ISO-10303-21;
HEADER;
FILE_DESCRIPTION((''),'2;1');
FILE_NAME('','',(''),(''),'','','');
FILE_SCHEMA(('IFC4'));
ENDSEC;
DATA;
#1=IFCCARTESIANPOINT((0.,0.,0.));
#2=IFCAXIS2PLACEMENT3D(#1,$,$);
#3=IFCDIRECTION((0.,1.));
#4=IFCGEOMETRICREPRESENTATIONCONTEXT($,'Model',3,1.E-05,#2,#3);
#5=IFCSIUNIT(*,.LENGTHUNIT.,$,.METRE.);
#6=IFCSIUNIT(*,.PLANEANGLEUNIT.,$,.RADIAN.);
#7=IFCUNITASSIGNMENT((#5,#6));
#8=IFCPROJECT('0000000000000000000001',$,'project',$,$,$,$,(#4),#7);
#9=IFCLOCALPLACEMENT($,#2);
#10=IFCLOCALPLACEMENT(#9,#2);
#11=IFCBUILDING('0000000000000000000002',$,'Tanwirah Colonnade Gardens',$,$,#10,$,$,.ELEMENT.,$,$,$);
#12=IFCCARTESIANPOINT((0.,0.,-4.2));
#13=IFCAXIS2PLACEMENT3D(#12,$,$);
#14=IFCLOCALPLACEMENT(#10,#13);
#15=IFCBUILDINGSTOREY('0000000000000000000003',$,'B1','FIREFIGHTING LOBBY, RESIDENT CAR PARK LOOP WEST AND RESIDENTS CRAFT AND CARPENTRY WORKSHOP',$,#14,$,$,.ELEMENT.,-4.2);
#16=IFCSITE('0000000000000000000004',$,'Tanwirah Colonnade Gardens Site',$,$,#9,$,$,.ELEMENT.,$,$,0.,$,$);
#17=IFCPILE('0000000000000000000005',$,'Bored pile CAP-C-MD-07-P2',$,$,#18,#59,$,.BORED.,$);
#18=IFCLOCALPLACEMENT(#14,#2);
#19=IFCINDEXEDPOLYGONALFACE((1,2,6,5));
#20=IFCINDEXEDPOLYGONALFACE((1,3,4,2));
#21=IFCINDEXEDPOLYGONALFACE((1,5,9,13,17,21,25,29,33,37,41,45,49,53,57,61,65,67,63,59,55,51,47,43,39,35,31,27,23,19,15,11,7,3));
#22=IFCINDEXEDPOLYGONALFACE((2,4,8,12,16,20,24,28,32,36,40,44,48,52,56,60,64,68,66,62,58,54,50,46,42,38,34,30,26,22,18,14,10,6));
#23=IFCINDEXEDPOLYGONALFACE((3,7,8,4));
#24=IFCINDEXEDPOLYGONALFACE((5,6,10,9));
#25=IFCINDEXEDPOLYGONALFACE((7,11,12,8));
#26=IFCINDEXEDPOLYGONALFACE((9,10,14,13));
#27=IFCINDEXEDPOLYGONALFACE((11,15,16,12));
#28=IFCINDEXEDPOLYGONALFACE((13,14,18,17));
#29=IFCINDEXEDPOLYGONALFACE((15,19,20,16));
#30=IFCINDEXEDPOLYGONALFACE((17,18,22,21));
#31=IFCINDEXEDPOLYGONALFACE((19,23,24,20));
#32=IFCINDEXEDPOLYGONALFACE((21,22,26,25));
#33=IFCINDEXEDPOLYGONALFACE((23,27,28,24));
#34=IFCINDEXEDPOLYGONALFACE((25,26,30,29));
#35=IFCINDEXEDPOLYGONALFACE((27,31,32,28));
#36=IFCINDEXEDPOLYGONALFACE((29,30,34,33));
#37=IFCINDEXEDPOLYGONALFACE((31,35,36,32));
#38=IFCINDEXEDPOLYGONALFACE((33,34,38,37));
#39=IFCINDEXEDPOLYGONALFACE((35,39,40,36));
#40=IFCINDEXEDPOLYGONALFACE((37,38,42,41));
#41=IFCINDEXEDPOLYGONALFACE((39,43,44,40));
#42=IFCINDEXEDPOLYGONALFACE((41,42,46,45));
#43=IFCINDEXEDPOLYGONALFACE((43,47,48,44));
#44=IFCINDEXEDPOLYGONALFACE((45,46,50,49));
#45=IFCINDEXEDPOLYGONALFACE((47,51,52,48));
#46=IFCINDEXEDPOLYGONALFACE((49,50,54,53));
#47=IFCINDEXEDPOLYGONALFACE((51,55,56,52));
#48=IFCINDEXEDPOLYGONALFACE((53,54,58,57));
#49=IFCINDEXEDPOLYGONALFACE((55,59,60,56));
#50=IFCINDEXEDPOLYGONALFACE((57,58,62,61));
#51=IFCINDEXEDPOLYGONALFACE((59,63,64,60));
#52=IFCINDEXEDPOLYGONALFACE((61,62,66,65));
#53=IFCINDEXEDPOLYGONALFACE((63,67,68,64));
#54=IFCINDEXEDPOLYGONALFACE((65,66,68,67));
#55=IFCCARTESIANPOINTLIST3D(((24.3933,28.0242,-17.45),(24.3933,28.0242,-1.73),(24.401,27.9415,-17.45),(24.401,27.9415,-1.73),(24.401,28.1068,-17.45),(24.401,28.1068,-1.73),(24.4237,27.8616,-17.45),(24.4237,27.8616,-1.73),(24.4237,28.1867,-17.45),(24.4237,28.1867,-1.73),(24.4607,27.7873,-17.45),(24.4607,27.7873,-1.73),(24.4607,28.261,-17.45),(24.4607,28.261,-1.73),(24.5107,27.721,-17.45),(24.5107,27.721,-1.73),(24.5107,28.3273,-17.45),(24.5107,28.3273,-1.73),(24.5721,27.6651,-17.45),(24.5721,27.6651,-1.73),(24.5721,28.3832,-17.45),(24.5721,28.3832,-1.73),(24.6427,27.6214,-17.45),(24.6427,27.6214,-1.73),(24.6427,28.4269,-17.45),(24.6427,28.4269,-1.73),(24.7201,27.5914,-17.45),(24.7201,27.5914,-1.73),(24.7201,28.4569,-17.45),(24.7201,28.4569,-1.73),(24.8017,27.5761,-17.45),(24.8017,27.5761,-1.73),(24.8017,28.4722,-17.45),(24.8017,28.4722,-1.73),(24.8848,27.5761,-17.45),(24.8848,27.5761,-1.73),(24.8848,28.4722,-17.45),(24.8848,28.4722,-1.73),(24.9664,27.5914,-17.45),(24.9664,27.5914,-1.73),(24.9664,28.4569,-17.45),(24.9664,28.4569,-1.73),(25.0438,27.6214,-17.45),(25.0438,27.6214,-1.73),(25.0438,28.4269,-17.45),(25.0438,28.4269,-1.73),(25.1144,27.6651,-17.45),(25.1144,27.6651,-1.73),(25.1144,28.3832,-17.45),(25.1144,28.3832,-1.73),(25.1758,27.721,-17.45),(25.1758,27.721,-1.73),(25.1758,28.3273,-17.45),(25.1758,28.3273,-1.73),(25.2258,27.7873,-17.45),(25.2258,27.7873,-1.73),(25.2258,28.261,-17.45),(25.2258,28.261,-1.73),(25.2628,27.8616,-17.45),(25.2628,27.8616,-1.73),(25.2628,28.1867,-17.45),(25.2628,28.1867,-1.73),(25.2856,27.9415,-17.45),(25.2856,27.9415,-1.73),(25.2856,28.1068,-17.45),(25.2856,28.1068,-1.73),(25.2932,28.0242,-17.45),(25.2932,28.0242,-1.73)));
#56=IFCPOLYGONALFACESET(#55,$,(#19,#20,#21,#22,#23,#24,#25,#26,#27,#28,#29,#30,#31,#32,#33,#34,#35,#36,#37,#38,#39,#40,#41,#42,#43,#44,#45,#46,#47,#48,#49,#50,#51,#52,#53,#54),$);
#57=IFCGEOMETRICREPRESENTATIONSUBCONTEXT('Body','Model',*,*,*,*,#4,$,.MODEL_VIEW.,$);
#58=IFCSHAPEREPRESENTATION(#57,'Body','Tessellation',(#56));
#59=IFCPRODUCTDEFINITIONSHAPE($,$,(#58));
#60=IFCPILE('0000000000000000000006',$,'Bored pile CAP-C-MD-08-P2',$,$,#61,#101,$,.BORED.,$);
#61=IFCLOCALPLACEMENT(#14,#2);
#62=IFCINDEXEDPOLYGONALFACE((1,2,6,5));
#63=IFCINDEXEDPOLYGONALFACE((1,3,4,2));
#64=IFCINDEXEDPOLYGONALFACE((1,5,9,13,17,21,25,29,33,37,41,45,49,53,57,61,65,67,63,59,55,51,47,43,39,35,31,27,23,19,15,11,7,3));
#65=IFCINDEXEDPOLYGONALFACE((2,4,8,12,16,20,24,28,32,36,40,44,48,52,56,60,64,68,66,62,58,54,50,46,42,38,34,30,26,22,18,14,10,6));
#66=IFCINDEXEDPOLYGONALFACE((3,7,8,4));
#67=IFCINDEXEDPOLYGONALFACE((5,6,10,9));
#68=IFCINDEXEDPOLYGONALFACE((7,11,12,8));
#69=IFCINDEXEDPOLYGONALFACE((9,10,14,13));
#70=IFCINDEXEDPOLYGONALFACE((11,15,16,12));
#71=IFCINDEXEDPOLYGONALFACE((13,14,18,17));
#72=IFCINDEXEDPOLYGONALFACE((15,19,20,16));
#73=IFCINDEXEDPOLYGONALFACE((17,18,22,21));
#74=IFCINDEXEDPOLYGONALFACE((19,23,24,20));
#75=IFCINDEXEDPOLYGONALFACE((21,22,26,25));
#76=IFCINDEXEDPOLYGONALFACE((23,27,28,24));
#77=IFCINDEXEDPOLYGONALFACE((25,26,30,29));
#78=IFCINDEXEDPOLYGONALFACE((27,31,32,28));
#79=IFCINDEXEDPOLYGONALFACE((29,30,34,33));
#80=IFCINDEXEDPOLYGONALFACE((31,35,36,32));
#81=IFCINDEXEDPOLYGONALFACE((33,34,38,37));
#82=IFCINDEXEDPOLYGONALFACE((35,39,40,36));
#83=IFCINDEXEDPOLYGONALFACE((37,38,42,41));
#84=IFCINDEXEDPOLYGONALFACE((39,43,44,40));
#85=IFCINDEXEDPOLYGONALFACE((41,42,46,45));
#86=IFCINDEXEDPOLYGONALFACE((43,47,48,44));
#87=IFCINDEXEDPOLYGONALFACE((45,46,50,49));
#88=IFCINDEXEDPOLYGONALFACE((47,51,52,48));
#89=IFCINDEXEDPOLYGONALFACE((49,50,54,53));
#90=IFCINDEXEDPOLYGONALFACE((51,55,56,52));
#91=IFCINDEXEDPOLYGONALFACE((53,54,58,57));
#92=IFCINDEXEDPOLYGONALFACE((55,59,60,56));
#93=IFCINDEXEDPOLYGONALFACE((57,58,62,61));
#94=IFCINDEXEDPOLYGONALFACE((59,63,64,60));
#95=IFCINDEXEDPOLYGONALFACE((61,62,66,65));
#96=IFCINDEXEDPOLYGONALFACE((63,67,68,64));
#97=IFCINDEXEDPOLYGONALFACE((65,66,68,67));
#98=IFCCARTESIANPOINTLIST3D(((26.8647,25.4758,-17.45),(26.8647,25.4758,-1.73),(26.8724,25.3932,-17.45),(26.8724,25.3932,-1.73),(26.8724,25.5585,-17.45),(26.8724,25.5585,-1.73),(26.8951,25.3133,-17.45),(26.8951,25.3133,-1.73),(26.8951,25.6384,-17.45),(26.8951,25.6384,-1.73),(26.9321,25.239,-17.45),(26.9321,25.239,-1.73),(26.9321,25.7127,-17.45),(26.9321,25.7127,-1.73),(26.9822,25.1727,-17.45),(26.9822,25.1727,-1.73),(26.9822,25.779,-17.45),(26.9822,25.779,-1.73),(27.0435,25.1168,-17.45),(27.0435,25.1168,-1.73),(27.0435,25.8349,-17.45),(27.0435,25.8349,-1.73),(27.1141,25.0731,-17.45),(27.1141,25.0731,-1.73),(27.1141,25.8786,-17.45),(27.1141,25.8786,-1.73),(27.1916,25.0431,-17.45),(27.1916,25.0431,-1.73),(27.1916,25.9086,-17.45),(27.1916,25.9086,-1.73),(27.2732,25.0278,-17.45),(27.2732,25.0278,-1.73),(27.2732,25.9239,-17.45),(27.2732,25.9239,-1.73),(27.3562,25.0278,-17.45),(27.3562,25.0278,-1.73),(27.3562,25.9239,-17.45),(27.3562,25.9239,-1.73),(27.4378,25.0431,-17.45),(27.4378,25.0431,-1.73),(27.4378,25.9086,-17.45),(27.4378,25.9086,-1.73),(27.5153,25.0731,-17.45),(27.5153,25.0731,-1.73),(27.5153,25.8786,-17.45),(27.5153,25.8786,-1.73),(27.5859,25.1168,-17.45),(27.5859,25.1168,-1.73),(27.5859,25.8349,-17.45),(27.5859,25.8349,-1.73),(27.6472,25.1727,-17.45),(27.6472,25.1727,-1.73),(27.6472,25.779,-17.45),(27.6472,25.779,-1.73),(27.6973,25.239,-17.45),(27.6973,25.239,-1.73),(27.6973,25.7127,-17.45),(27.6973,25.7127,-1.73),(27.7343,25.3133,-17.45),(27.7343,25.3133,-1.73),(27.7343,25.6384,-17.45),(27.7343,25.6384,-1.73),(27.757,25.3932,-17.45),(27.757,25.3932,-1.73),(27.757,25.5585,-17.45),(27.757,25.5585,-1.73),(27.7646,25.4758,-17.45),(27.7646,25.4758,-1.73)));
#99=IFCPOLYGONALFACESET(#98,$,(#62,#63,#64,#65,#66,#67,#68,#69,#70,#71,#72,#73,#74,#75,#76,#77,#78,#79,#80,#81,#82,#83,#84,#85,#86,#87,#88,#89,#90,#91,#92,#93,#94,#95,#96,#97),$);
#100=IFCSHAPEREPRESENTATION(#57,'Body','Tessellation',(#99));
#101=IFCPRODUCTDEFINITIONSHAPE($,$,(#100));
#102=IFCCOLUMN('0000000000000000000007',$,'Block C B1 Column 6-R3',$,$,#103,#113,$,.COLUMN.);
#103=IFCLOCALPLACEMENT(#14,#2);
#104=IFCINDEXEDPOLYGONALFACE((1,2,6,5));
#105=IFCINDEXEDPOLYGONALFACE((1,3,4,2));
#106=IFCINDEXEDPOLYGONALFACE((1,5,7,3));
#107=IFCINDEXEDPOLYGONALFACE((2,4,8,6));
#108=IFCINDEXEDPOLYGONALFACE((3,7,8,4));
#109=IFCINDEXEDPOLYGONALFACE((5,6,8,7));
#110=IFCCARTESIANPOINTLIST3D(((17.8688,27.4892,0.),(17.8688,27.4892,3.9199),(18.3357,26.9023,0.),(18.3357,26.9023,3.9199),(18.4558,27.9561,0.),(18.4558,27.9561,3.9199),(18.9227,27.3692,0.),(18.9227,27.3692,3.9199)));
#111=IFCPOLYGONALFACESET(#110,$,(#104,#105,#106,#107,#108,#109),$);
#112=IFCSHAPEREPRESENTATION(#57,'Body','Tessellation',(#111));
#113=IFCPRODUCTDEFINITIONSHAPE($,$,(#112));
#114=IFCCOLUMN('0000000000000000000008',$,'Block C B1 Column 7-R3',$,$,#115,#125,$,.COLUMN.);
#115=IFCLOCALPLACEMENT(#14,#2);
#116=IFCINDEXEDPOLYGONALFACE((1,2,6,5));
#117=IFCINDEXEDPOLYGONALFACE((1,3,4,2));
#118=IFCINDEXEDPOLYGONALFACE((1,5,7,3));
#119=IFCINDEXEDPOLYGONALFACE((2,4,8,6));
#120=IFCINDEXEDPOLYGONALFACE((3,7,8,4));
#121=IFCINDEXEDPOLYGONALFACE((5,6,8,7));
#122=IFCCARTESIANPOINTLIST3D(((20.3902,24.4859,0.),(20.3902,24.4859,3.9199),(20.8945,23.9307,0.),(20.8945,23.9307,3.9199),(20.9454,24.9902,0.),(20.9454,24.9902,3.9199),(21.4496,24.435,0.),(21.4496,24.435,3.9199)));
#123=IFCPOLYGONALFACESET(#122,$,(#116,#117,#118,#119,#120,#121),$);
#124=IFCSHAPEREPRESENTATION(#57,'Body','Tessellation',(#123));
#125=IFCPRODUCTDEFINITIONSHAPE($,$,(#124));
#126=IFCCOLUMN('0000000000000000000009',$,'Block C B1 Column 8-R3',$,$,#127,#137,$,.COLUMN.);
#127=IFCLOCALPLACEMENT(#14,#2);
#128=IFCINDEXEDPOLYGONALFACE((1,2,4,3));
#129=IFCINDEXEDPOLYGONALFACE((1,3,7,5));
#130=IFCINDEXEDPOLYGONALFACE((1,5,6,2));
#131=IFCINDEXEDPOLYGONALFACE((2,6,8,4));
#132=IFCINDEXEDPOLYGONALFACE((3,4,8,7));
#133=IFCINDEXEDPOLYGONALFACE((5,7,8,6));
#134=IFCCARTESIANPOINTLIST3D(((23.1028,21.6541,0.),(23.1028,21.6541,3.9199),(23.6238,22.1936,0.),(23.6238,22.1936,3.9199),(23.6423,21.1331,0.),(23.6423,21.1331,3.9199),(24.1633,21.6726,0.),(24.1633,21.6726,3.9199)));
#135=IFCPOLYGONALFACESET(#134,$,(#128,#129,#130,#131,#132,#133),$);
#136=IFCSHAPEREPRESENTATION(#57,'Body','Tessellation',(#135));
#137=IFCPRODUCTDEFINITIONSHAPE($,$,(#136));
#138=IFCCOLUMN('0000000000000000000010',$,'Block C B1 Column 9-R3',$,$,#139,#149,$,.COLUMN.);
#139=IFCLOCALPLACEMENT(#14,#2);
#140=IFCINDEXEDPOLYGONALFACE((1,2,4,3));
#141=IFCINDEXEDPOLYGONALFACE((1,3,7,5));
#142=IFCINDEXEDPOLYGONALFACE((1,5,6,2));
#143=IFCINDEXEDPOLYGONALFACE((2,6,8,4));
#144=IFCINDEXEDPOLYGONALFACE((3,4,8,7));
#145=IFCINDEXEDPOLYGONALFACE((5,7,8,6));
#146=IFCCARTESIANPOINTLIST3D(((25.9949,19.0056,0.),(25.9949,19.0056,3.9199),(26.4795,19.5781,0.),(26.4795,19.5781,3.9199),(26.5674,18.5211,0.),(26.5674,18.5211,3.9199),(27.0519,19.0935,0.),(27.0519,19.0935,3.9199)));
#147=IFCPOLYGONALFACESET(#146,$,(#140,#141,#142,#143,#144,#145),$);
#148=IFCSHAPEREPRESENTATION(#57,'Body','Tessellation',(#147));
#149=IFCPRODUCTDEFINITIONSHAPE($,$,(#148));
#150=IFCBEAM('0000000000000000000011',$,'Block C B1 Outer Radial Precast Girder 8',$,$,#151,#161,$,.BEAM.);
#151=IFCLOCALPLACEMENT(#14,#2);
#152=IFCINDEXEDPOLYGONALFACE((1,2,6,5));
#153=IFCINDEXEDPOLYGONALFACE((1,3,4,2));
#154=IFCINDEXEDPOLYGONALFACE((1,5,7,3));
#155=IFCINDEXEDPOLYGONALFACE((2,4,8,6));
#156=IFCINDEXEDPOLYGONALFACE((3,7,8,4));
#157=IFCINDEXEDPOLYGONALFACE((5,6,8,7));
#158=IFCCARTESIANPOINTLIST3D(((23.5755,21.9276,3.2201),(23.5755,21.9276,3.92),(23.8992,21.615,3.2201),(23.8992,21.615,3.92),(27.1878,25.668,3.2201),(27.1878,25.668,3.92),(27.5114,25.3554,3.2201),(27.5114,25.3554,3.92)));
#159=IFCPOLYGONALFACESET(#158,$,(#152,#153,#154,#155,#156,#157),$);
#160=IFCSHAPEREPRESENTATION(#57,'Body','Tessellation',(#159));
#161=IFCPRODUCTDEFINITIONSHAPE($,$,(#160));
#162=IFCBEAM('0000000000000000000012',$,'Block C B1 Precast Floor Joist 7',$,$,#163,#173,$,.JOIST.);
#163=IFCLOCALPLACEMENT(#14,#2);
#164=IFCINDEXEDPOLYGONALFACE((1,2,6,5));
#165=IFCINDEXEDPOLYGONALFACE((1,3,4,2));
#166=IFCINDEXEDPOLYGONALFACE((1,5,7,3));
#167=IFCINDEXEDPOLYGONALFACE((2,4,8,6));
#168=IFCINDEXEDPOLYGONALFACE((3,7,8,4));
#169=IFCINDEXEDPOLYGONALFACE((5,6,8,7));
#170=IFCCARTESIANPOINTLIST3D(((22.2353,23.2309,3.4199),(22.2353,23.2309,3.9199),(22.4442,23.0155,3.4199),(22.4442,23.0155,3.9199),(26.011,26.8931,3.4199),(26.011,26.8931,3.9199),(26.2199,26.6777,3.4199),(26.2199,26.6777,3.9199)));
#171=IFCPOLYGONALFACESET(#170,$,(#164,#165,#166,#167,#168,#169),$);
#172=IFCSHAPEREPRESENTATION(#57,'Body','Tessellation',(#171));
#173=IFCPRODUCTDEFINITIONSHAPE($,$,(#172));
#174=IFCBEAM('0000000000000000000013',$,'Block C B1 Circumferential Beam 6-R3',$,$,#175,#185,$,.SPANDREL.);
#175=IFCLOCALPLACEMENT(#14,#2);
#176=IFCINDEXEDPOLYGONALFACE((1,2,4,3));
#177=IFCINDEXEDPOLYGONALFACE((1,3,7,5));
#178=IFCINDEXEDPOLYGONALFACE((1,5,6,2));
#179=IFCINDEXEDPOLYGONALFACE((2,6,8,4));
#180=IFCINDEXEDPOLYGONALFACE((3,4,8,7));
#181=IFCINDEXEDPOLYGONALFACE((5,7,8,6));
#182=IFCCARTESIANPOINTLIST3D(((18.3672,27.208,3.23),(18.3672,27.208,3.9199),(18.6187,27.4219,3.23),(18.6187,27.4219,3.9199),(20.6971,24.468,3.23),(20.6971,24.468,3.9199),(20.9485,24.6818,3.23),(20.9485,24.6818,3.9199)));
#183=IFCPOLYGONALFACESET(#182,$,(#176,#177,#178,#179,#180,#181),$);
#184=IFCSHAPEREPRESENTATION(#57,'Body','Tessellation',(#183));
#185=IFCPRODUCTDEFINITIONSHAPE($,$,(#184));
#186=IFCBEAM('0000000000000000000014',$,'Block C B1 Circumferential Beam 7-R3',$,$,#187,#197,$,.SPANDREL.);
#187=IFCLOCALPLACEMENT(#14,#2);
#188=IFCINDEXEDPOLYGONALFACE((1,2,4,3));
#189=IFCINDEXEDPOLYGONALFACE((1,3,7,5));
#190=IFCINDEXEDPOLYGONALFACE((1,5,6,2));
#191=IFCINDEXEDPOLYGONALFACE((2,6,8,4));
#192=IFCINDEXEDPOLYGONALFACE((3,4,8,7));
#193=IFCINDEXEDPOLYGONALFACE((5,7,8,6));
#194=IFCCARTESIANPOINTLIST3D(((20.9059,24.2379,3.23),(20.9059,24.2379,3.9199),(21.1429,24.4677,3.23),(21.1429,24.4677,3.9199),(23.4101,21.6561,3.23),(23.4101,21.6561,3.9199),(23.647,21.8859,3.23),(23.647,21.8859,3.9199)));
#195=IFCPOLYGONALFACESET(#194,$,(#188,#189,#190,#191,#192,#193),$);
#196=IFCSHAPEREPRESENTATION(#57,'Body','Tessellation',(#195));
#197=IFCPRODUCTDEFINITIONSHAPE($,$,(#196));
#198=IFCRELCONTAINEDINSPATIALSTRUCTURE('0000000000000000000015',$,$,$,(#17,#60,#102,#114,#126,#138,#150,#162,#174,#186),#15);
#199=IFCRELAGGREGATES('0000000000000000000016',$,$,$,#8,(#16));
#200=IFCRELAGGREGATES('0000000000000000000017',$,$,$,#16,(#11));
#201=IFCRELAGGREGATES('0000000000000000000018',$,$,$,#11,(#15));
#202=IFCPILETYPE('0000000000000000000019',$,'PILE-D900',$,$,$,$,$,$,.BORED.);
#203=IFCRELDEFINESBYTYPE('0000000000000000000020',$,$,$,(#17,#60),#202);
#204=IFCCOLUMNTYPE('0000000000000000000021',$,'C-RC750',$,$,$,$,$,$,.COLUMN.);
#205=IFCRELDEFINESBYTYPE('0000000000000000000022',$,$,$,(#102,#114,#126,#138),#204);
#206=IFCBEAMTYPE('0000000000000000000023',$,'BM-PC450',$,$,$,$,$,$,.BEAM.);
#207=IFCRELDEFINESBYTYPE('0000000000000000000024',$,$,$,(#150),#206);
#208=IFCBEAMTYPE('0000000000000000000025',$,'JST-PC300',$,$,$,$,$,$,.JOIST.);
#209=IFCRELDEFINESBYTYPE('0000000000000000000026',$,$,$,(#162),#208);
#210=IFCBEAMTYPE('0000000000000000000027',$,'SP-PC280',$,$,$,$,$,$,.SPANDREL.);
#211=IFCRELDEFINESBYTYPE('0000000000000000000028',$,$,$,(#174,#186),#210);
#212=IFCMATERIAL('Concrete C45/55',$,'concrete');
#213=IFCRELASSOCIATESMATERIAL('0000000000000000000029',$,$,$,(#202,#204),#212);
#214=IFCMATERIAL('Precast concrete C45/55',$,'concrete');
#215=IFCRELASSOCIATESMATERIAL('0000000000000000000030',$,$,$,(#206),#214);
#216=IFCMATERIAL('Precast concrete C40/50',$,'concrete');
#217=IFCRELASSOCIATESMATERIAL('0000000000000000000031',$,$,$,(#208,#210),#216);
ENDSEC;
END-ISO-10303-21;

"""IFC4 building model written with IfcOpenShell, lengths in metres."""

from ifc_helpers import new_model, si_unit, direction, frame, origin, origin_2d, place, context, subcontext, project, spatial, rectangle, circle, extrude, material, material_profile, profile_set, type_object, element, save


model = new_model("IFC4")

# Units and contexts
model_context = context("Model", 3, precision=1e-05, world=origin(), true_north=direction((0.0, 1.0)))
body_context = subcontext(model_context, "Body", "Model", "MODEL_VIEW")
ifc_project = project(units=[si_unit("LENGTHUNIT", "METRE"), si_unit("PLANEANGLEUNIT", "RADIAN")], contexts=[model_context])

# Site, building, storey
site_placement = place(None, origin())
site = spatial("IfcSite", under=ifc_project, at=site_placement, Name="Tanwirah Colonnade Gardens Site", CompositionType="ELEMENT", RefElevation=0.0)
building_placement = place(site_placement, origin())
building = spatial("IfcBuilding", under=site, at=building_placement, Name="Tanwirah Colonnade Gardens", CompositionType="ELEMENT")
storey_placement = place(building_placement, frame((0.0, 0.0, -4.2)))
storey = spatial("IfcBuildingStorey", under=building, at=storey_placement, Name="B1", Description="FIREFIGHTING LOBBY, RESIDENT CAR PARK LOOP WEST AND RESIDENTS CRAFT AND CARPENTRY WORKSHOP", CompositionType="ELEMENT", Elevation=-4.2)

# Shared definitions
ifc_material_1 = material(Name="Concrete C45/55", Category="concrete")

# Piles
ifc_material_profile_1 = material_profile(ifc_material_1, circle(Radius=0.45, at=origin_2d()), Name="PILE D900")
ifc_profile_set_1 = profile_set([ifc_material_profile_1], Name="Concrete C45/55")
pile_type_1 = type_object("IfcPileType", Name="PILE-D900", PredefinedType="BORED", material=ifc_profile_set_1)
for number, where, z_axis, x_axis, name in (
    (1, (24.8433, 28.0242, -1.73), (0.0, 0.0, -1.0), (1.0, 0.0, 0.0), "Bored pile CAP-C-MD-07-P2"),
    (2, (27.3147, 25.4758, -1.73), (0.0, 0.0, -1.0), (1.0, 0.0, 0.0), "Bored pile CAP-C-MD-08-P2"),
):
    element("IfcPile", number, at=place(storey_placement, frame(where, z_axis=z_axis, x_axis=x_axis)), inside=storey, type_object=pile_type_1, Name=name, PredefinedType="BORED", context=body_context, shape_type="SweptSolid", body=[
        extrude(circle(Radius=0.45, at=origin_2d()), origin(), (0.0, 0.0, 1.0), 15.72),
    ])

# Columns
ifc_material_profile_2 = material_profile(ifc_material_1, rectangle(XDim=0.75, YDim=0.75, at=origin_2d()), Name="RC-COL 750x750")
ifc_profile_set_2 = profile_set([ifc_material_profile_2], Name="Concrete C45/55")
column_type = type_object("IfcColumnType", Name="C-RC750", PredefinedType="COLUMN", material=ifc_profile_set_2)
for number, where, z_axis, x_axis, name in (
    (3, (18.3958, 27.4292, 0.0), (0.0, 0.0, 1.0), (-0.782608, -0.622515, 0.0), "Block C B1 Column 6-R3"),
    (4, (20.9199, 24.4604, 0.0), (0.0, 0.0, 1.0), (-0.740218, -0.672367, 0.0), "Block C B1 Column 7-R3"),
    (5, (23.6331, 21.6633, 0.0), (0.0, 0.0, 1.0), (-0.694658, -0.71934, 0.0), "Block C B1 Column 8-R3"),
    (6, (26.5234, 19.0496, 0.0), (0.0, 0.0, 1.0), (-0.646124, -0.763232, 0.0), "Block C B1 Column 9-R3"),
):
    element("IfcColumn", number, at=place(storey_placement, frame(where, z_axis=z_axis, x_axis=x_axis)), inside=storey, type_object=column_type, Name=name, PredefinedType="COLUMN", context=body_context, shape_type="SweptSolid", body=[
        extrude(rectangle(XDim=0.75, YDim=0.75, at=origin_2d()), origin(), (0.0, 0.0, 1.0), 3.9199),
    ])

# Beams
ifc_material_2 = material(Name="Precast concrete C45/55", Category="concrete")
ifc_material_profile_3 = material_profile(ifc_material_2, rectangle(XDim=0.45, YDim=0.7, at=origin_2d()), Name="PC-BM 450x700")
ifc_profile_set_3 = profile_set([ifc_material_profile_3], Name="Precast concrete C45/55")
beam_type_1 = type_object("IfcBeamType", Name="BM-PC450", PredefinedType="BEAM", material=ifc_profile_set_3)
beam_1_placement = place(storey_placement, frame((27.3496, 25.5117, 3.5701), z_axis=(-0.694675, -0.719324, 0.0), x_axis=(0.719324, -0.694675, 0.0)))
element("IfcBeam", 7, at=beam_1_placement, inside=storey, type_object=beam_type_1, Name="Block C B1 Outer Radial Precast Girder 8", PredefinedType="BEAM", context=body_context, shape_type="SweptSolid", body=[
    extrude(rectangle(XDim=0.45, YDim=0.7, at=origin_2d()), origin(), (0.0, 0.0, 1.0), 5.2),
])
ifc_material_3 = material(Name="Precast concrete C40/50", Category="concrete")
ifc_material_profile_4 = material_profile(ifc_material_3, rectangle(XDim=0.3, YDim=0.5, at=origin_2d()), Name="PC-JST 300x500")
ifc_profile_set_4 = profile_set([ifc_material_profile_4], Name="Precast concrete C40/50")
beam_type_2 = type_object("IfcBeamType", Name="JST-PC300", PredefinedType="JOIST", material=ifc_profile_set_4)
beam_2_placement = place(storey_placement, frame((26.1155, 26.7854, 3.6699), z_axis=(-0.717816, -0.696233, 0.0), x_axis=(0.696233, -0.717816, 0.0)))
element("IfcBeam", 8, at=beam_2_placement, inside=storey, type_object=beam_type_2, Name="Block C B1 Precast Floor Joist 7", PredefinedType="JOIST", context=body_context, shape_type="SweptSolid", body=[
    extrude(rectangle(XDim=0.3, YDim=0.5, at=origin_2d()), origin(), (0.0, 0.0, 1.0), 5.26),
])
ifc_material_profile_5 = material_profile(ifc_material_3, rectangle(XDim=0.3301, YDim=0.6899, at=origin_2d()), Name="PC-SP 330x690")
ifc_profile_set_5 = profile_set([ifc_material_profile_5], Name="Precast concrete C40/50")
beam_type_3 = type_object("IfcBeamType", Name="SP-PC280", PredefinedType="SPANDREL", material=ifc_profile_set_5)
for number, where, z_axis, x_axis, name in (
    (9, (18.4929, 27.3149, 3.575), (0.647784, -0.761824, 0.0), (0.761824, 0.647784, 0.0), "Block C B1 Circumferential Beam 6-R3"),
    (10, (21.0244, 24.3528, 3.575), (0.696232, -0.717817, 0.0), (0.717817, 0.696232, 0.0), "Block C B1 Circumferential Beam 7-R3"),
):
    element("IfcBeam", number, at=place(storey_placement, frame(where, z_axis=z_axis, x_axis=x_axis)), inside=storey, type_object=beam_type_3, Name=name, PredefinedType="SPANDREL", context=body_context, shape_type="SweptSolid", body=[
        extrude(rectangle(XDim=0.3301, YDim=0.6899, at=origin_2d()), origin(), (0.0, 0.0, 1.0), 3.5967),
    ])

save(model, "model.ifc")
